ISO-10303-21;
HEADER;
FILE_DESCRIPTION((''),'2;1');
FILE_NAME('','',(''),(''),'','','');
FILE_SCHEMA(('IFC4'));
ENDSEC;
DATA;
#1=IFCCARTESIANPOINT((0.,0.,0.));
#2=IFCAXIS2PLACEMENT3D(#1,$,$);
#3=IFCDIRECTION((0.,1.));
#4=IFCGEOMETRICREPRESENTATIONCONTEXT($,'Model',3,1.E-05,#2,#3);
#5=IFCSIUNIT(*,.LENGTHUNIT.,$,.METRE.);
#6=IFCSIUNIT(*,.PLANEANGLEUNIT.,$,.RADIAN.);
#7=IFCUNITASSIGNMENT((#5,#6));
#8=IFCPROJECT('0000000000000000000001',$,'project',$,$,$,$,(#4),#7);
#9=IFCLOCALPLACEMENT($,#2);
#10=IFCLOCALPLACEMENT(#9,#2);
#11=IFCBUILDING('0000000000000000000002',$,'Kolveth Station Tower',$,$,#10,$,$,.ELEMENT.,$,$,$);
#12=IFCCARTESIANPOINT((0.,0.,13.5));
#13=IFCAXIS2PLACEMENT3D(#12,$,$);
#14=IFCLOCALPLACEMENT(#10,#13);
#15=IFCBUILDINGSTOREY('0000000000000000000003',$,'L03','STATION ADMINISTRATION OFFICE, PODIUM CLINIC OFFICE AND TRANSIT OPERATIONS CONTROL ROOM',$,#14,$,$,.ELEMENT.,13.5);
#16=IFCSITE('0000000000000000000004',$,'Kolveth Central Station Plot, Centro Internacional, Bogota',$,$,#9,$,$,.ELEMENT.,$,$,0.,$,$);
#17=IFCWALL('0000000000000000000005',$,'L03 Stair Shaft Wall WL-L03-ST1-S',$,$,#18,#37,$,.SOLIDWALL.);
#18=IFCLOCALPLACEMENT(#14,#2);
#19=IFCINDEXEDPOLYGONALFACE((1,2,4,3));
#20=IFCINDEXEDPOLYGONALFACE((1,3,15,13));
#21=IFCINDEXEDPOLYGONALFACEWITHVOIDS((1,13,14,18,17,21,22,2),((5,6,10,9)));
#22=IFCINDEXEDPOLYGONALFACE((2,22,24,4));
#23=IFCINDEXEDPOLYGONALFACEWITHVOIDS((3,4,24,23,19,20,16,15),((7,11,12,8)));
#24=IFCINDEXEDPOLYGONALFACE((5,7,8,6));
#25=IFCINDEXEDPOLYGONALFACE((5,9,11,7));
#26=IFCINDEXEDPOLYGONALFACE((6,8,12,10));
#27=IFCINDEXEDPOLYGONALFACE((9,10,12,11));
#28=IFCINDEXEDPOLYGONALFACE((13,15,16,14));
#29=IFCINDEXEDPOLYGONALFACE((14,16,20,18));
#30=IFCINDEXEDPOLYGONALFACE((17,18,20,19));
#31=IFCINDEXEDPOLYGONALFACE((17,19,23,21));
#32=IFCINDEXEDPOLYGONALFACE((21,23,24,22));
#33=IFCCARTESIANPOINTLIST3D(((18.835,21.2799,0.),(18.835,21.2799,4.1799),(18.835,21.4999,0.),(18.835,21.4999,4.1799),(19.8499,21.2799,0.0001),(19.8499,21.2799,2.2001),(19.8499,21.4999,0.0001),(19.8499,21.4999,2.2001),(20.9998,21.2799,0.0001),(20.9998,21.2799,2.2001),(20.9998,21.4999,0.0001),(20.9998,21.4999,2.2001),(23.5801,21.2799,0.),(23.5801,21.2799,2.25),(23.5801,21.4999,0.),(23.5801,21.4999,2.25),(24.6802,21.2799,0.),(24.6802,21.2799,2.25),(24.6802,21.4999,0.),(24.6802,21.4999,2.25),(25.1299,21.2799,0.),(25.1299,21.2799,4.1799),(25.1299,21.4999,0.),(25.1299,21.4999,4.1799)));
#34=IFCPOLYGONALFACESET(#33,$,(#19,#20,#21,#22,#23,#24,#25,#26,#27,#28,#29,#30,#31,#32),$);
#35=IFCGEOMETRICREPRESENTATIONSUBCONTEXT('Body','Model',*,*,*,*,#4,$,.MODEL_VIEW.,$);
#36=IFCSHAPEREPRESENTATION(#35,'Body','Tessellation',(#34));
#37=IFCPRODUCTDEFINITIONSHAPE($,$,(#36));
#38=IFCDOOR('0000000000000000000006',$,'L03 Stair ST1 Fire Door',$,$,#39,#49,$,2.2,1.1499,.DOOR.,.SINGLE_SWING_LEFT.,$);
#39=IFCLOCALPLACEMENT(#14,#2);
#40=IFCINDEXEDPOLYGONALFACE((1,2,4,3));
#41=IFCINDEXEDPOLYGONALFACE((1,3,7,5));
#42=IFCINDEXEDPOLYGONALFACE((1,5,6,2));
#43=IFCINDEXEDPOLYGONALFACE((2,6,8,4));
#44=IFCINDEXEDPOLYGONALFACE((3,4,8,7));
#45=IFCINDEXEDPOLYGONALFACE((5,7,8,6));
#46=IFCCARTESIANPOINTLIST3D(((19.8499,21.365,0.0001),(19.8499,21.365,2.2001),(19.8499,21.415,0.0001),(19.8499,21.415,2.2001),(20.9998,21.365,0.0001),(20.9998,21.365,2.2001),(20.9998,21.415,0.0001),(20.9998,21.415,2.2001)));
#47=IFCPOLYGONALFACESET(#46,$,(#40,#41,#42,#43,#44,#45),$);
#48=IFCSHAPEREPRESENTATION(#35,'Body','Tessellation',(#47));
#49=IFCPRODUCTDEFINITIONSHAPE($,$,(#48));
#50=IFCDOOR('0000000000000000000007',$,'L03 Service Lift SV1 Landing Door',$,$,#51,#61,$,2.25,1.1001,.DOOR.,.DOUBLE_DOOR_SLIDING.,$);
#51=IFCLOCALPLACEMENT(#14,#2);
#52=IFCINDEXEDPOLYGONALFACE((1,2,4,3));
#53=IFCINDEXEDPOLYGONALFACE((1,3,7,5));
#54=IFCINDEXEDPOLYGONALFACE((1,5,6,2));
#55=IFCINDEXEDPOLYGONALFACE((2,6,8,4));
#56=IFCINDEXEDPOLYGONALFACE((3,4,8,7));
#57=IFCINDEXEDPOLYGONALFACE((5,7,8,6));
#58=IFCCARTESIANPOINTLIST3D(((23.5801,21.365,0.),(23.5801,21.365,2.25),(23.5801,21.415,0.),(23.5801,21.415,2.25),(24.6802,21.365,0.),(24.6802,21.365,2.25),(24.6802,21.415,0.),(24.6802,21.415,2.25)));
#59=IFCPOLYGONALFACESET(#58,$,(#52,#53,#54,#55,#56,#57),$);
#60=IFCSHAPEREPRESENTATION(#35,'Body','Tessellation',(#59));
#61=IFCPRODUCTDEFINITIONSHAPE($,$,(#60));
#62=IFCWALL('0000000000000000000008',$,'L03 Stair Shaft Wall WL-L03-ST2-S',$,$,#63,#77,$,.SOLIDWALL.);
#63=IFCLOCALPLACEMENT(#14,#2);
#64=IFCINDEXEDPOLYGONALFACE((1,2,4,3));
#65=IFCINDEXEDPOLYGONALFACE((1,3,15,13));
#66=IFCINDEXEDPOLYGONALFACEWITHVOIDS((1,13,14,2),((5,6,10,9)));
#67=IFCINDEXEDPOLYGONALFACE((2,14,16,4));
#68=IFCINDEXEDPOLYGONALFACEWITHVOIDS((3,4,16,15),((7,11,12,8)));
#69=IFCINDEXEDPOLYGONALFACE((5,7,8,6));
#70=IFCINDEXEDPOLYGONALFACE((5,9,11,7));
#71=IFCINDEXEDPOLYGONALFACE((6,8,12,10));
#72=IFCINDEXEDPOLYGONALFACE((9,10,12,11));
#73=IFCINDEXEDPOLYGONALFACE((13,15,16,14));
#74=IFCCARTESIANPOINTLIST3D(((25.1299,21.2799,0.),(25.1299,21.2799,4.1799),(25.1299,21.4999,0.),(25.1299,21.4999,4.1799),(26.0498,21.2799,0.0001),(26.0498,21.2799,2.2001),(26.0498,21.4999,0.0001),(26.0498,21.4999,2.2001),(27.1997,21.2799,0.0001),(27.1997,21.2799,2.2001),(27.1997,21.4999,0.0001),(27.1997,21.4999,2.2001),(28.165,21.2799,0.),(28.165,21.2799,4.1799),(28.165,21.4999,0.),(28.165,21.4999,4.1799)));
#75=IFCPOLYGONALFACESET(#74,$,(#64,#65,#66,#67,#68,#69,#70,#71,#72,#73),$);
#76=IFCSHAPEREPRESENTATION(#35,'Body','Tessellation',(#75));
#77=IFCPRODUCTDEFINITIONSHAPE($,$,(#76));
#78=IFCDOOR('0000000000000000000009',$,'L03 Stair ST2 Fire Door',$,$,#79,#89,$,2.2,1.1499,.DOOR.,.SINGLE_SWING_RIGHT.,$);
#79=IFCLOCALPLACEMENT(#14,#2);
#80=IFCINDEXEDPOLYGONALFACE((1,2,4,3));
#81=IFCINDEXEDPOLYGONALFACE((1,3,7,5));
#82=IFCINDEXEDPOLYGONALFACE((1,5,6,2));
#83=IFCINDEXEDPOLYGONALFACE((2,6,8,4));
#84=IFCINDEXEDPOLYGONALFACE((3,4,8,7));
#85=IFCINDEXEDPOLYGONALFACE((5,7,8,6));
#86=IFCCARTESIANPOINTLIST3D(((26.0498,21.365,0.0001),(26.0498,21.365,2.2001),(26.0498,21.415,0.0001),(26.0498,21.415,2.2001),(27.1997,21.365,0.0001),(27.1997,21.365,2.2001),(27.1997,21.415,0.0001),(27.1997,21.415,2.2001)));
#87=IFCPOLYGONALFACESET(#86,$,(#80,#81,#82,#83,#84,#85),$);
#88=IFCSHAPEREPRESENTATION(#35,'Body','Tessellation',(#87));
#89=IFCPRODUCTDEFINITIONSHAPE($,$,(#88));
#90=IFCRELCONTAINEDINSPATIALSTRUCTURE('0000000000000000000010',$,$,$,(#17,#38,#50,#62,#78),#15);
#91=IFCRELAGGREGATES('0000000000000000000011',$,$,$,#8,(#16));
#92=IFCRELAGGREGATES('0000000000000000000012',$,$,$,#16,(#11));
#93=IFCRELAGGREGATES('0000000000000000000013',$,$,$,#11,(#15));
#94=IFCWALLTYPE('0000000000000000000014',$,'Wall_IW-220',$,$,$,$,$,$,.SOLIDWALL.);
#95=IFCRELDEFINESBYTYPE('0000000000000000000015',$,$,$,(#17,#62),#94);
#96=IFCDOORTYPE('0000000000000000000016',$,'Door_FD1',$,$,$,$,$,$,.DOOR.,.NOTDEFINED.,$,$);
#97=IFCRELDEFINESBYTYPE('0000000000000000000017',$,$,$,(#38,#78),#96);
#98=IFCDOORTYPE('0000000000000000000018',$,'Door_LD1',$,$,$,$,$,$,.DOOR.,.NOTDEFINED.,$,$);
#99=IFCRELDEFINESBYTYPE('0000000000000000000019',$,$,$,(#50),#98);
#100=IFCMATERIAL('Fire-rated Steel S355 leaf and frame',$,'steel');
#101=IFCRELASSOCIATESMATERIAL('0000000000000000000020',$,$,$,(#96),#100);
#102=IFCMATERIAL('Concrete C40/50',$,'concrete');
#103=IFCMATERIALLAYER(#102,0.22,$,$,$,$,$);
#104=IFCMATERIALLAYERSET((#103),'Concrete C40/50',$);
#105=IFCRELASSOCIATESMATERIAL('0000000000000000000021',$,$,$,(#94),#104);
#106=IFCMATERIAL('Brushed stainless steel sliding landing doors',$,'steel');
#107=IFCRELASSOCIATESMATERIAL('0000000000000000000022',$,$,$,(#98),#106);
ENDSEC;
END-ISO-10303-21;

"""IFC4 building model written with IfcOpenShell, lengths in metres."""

from ifc_helpers import new_model, si_unit, direction, frame, frame_2d, origin, place, context, subcontext, project, spatial, rectangle, extrude, material, layer, layer_set, type_object, element, fill, save


model = new_model("IFC4")

# Units and contexts
model_context = context("Model", 3, precision=1e-05, world=origin(), true_north=direction((0.0, 1.0)))
body_context = subcontext(model_context, "Body", "Model", "MODEL_VIEW")
ifc_project = project(units=[si_unit("LENGTHUNIT", "METRE"), si_unit("PLANEANGLEUNIT", "RADIAN")], contexts=[model_context])

# Site, building, storey
site_placement = place(None, origin())
site = spatial("IfcSite", under=ifc_project, at=site_placement, Name="Kolveth Central Station Plot, Centro Internacional, Bogota", CompositionType="ELEMENT", RefElevation=0.0)
building_placement = place(site_placement, origin())
building = spatial("IfcBuilding", under=site, at=building_placement, Name="Kolveth Station Tower", CompositionType="ELEMENT")
storey_placement = place(building_placement, frame((0.0, 0.0, 13.5)))
storey = spatial("IfcBuildingStorey", under=building, at=storey_placement, Name="L03", Description="STATION ADMINISTRATION OFFICE, PODIUM CLINIC OFFICE AND TRANSIT OPERATIONS CONTROL ROOM", CompositionType="ELEMENT", Elevation=13.5)

# Shared definitions
ifc_material_1 = material(Name="Fire-rated Steel S355 leaf and frame", Category="steel")
door_type_1 = type_object("IfcDoorType", Name="Door_FD1", OperationType="NOTDEFINED", PredefinedType="DOOR", material=ifc_material_1)

# Shared definitions
ifc_material_2 = material(Name="Concrete C40/50", Category="concrete")
ifc_layer_1 = layer(ifc_material_2, 0.22)
ifc_layer_set_1 = layer_set([ifc_layer_1], Name="Concrete C40/50")
wall_type_1 = type_object("IfcWallType", Name="Wall_IW-220", PredefinedType="SOLIDWALL", material=ifc_layer_set_1)

# Wall, openings, doors
wall_1_placement = place(storey_placement, frame((18.835, 21.3899, 0.0), z_axis=(0.0, 0.0, 1.0), x_axis=(1.0, 0.0, 0.0)))
wall_1 = element("IfcWall", 1, at=wall_1_placement, inside=storey, type_object=wall_type_1, Name="L03 Stair Shaft Wall WL-L03-ST1-S", PredefinedType="SOLIDWALL", context=body_context, shape_type="SweptSolid", body=[
    extrude(rectangle(XDim=6.2949, YDim=0.22, at=frame_2d((3.1475, 0.0))), origin(), (0.0, 0.0, 1.0), 4.1799),
])
opening_1_placement = place(wall_1_placement, frame((1.0149, 0.0, 0.0)))
opening_1 = element("IfcOpeningElement", 2, at=opening_1_placement, cuts=wall_1, PredefinedType="OPENING", context=body_context, shape_type="SweptSolid", body=[
    extrude(rectangle(XDim=1.1499, YDim=2.2, at=frame_2d((0.575, 1.1001))), frame((0.0, 0.1199, 0.0), z_axis=(0.0, -1.0, 0.0), x_axis=(1.0, 0.0, 0.0)), (0.0, 0.0, 1.0), 0.24),
])
opening_2_placement = place(wall_1_placement, frame((4.7451, 0.0, 0.0)))
opening_2 = element("IfcOpeningElement", 3, at=opening_2_placement, cuts=wall_1, PredefinedType="OPENING", context=body_context, shape_type="SweptSolid", body=[
    extrude(rectangle(XDim=1.1001, YDim=2.25, at=frame_2d((0.55, 1.125))), frame((0.0, 0.1199, 0.0), z_axis=(0.0, -1.0, 0.0), x_axis=(1.0, 0.0, 0.0)), (0.0, 0.0, 1.0), 0.24),
])
door_1_placement = place(opening_1_placement, frame((1.1499, 0.0, 0.0), z_axis=(0.0, 0.0, 1.0), x_axis=(-1.0, 0.0, 0.0)))
door_1 = element("IfcDoor", 4, at=door_1_placement, inside=storey, type_object=door_type_1, Name="L03 Stair ST1 Fire Door", OperationType="SINGLE_SWING_LEFT", OverallHeight=2.2, OverallWidth=1.1499, PredefinedType="DOOR", context=body_context, shape_type="SweptSolid", body=[
    extrude(rectangle(XDim=1.1499, YDim=2.2, at=frame_2d((0.575, 1.1001))), frame((0.0, 0.0249, 0.0), z_axis=(0.0, -1.0, 0.0), x_axis=(1.0, 0.0, 0.0)), (0.0, 0.0, 1.0), 0.05),
])
fill(opening_1, door_1)
ifc_material_3 = material(Name="Brushed stainless steel sliding landing doors", Category="steel")
door_type_2 = type_object("IfcDoorType", Name="Door_LD1", OperationType="NOTDEFINED", PredefinedType="DOOR", material=ifc_material_3)
door_2_placement = place(opening_2_placement, frame((1.1001, 0.0, 0.0), z_axis=(0.0, 0.0, 1.0), x_axis=(-1.0, 0.0, 0.0)))
door_2 = element("IfcDoor", 5, at=door_2_placement, inside=storey, type_object=door_type_2, Name="L03 Service Lift SV1 Landing Door", OperationType="DOUBLE_DOOR_SLIDING", OverallHeight=2.25, OverallWidth=1.1001, PredefinedType="DOOR", context=body_context, shape_type="SweptSolid", body=[
    extrude(rectangle(XDim=1.1001, YDim=2.25, at=frame_2d((0.55, 1.125))), frame((0.0, 0.0249, 0.0), z_axis=(0.0, -1.0, 0.0), x_axis=(1.0, 0.0, 0.0)), (0.0, 0.0, 1.0), 0.05),
])
fill(opening_2, door_2)

# Wall, opening, door
wall_2_placement = place(storey_placement, frame((25.1299, 21.3899, 0.0), z_axis=(0.0, 0.0, 1.0), x_axis=(1.0, 0.0, 0.0)))
wall_2 = element("IfcWall", 6, at=wall_2_placement, inside=storey, type_object=wall_type_1, Name="L03 Stair Shaft Wall WL-L03-ST2-S", PredefinedType="SOLIDWALL", context=body_context, shape_type="SweptSolid", body=[
    extrude(rectangle(XDim=3.0352, YDim=0.22, at=frame_2d((1.5176, 0.0))), origin(), (0.0, 0.0, 1.0), 4.1799),
])
opening_3_placement = place(wall_2_placement, frame((0.9199, 0.0, 0.0)))
opening_3 = element("IfcOpeningElement", 7, at=opening_3_placement, cuts=wall_2, PredefinedType="OPENING", context=body_context, shape_type="SweptSolid", body=[
    extrude(rectangle(XDim=1.1499, YDim=2.2, at=frame_2d((0.575, 1.1001))), frame((0.0, 0.1199, 0.0), z_axis=(0.0, -1.0, 0.0), x_axis=(1.0, 0.0, 0.0)), (0.0, 0.0, 1.0), 0.24),
])
door_3_placement = place(opening_3_placement, frame((1.1499, 0.0, 0.0), z_axis=(0.0, 0.0, 1.0), x_axis=(-1.0, 0.0, 0.0)))
door_3 = element("IfcDoor", 8, at=door_3_placement, inside=storey, type_object=door_type_1, Name="L03 Stair ST2 Fire Door", OperationType="SINGLE_SWING_RIGHT", OverallHeight=2.2, OverallWidth=1.1499, PredefinedType="DOOR", context=body_context, shape_type="SweptSolid", body=[
    extrude(rectangle(XDim=1.1499, YDim=2.2, at=frame_2d((0.575, 1.1001))), frame((0.0, 0.0249, 0.0), z_axis=(0.0, -1.0, 0.0), x_axis=(1.0, 0.0, 0.0)), (0.0, 0.0, 1.0), 0.05),
])
fill(opening_3, door_3)

save(model, "model.ifc")
